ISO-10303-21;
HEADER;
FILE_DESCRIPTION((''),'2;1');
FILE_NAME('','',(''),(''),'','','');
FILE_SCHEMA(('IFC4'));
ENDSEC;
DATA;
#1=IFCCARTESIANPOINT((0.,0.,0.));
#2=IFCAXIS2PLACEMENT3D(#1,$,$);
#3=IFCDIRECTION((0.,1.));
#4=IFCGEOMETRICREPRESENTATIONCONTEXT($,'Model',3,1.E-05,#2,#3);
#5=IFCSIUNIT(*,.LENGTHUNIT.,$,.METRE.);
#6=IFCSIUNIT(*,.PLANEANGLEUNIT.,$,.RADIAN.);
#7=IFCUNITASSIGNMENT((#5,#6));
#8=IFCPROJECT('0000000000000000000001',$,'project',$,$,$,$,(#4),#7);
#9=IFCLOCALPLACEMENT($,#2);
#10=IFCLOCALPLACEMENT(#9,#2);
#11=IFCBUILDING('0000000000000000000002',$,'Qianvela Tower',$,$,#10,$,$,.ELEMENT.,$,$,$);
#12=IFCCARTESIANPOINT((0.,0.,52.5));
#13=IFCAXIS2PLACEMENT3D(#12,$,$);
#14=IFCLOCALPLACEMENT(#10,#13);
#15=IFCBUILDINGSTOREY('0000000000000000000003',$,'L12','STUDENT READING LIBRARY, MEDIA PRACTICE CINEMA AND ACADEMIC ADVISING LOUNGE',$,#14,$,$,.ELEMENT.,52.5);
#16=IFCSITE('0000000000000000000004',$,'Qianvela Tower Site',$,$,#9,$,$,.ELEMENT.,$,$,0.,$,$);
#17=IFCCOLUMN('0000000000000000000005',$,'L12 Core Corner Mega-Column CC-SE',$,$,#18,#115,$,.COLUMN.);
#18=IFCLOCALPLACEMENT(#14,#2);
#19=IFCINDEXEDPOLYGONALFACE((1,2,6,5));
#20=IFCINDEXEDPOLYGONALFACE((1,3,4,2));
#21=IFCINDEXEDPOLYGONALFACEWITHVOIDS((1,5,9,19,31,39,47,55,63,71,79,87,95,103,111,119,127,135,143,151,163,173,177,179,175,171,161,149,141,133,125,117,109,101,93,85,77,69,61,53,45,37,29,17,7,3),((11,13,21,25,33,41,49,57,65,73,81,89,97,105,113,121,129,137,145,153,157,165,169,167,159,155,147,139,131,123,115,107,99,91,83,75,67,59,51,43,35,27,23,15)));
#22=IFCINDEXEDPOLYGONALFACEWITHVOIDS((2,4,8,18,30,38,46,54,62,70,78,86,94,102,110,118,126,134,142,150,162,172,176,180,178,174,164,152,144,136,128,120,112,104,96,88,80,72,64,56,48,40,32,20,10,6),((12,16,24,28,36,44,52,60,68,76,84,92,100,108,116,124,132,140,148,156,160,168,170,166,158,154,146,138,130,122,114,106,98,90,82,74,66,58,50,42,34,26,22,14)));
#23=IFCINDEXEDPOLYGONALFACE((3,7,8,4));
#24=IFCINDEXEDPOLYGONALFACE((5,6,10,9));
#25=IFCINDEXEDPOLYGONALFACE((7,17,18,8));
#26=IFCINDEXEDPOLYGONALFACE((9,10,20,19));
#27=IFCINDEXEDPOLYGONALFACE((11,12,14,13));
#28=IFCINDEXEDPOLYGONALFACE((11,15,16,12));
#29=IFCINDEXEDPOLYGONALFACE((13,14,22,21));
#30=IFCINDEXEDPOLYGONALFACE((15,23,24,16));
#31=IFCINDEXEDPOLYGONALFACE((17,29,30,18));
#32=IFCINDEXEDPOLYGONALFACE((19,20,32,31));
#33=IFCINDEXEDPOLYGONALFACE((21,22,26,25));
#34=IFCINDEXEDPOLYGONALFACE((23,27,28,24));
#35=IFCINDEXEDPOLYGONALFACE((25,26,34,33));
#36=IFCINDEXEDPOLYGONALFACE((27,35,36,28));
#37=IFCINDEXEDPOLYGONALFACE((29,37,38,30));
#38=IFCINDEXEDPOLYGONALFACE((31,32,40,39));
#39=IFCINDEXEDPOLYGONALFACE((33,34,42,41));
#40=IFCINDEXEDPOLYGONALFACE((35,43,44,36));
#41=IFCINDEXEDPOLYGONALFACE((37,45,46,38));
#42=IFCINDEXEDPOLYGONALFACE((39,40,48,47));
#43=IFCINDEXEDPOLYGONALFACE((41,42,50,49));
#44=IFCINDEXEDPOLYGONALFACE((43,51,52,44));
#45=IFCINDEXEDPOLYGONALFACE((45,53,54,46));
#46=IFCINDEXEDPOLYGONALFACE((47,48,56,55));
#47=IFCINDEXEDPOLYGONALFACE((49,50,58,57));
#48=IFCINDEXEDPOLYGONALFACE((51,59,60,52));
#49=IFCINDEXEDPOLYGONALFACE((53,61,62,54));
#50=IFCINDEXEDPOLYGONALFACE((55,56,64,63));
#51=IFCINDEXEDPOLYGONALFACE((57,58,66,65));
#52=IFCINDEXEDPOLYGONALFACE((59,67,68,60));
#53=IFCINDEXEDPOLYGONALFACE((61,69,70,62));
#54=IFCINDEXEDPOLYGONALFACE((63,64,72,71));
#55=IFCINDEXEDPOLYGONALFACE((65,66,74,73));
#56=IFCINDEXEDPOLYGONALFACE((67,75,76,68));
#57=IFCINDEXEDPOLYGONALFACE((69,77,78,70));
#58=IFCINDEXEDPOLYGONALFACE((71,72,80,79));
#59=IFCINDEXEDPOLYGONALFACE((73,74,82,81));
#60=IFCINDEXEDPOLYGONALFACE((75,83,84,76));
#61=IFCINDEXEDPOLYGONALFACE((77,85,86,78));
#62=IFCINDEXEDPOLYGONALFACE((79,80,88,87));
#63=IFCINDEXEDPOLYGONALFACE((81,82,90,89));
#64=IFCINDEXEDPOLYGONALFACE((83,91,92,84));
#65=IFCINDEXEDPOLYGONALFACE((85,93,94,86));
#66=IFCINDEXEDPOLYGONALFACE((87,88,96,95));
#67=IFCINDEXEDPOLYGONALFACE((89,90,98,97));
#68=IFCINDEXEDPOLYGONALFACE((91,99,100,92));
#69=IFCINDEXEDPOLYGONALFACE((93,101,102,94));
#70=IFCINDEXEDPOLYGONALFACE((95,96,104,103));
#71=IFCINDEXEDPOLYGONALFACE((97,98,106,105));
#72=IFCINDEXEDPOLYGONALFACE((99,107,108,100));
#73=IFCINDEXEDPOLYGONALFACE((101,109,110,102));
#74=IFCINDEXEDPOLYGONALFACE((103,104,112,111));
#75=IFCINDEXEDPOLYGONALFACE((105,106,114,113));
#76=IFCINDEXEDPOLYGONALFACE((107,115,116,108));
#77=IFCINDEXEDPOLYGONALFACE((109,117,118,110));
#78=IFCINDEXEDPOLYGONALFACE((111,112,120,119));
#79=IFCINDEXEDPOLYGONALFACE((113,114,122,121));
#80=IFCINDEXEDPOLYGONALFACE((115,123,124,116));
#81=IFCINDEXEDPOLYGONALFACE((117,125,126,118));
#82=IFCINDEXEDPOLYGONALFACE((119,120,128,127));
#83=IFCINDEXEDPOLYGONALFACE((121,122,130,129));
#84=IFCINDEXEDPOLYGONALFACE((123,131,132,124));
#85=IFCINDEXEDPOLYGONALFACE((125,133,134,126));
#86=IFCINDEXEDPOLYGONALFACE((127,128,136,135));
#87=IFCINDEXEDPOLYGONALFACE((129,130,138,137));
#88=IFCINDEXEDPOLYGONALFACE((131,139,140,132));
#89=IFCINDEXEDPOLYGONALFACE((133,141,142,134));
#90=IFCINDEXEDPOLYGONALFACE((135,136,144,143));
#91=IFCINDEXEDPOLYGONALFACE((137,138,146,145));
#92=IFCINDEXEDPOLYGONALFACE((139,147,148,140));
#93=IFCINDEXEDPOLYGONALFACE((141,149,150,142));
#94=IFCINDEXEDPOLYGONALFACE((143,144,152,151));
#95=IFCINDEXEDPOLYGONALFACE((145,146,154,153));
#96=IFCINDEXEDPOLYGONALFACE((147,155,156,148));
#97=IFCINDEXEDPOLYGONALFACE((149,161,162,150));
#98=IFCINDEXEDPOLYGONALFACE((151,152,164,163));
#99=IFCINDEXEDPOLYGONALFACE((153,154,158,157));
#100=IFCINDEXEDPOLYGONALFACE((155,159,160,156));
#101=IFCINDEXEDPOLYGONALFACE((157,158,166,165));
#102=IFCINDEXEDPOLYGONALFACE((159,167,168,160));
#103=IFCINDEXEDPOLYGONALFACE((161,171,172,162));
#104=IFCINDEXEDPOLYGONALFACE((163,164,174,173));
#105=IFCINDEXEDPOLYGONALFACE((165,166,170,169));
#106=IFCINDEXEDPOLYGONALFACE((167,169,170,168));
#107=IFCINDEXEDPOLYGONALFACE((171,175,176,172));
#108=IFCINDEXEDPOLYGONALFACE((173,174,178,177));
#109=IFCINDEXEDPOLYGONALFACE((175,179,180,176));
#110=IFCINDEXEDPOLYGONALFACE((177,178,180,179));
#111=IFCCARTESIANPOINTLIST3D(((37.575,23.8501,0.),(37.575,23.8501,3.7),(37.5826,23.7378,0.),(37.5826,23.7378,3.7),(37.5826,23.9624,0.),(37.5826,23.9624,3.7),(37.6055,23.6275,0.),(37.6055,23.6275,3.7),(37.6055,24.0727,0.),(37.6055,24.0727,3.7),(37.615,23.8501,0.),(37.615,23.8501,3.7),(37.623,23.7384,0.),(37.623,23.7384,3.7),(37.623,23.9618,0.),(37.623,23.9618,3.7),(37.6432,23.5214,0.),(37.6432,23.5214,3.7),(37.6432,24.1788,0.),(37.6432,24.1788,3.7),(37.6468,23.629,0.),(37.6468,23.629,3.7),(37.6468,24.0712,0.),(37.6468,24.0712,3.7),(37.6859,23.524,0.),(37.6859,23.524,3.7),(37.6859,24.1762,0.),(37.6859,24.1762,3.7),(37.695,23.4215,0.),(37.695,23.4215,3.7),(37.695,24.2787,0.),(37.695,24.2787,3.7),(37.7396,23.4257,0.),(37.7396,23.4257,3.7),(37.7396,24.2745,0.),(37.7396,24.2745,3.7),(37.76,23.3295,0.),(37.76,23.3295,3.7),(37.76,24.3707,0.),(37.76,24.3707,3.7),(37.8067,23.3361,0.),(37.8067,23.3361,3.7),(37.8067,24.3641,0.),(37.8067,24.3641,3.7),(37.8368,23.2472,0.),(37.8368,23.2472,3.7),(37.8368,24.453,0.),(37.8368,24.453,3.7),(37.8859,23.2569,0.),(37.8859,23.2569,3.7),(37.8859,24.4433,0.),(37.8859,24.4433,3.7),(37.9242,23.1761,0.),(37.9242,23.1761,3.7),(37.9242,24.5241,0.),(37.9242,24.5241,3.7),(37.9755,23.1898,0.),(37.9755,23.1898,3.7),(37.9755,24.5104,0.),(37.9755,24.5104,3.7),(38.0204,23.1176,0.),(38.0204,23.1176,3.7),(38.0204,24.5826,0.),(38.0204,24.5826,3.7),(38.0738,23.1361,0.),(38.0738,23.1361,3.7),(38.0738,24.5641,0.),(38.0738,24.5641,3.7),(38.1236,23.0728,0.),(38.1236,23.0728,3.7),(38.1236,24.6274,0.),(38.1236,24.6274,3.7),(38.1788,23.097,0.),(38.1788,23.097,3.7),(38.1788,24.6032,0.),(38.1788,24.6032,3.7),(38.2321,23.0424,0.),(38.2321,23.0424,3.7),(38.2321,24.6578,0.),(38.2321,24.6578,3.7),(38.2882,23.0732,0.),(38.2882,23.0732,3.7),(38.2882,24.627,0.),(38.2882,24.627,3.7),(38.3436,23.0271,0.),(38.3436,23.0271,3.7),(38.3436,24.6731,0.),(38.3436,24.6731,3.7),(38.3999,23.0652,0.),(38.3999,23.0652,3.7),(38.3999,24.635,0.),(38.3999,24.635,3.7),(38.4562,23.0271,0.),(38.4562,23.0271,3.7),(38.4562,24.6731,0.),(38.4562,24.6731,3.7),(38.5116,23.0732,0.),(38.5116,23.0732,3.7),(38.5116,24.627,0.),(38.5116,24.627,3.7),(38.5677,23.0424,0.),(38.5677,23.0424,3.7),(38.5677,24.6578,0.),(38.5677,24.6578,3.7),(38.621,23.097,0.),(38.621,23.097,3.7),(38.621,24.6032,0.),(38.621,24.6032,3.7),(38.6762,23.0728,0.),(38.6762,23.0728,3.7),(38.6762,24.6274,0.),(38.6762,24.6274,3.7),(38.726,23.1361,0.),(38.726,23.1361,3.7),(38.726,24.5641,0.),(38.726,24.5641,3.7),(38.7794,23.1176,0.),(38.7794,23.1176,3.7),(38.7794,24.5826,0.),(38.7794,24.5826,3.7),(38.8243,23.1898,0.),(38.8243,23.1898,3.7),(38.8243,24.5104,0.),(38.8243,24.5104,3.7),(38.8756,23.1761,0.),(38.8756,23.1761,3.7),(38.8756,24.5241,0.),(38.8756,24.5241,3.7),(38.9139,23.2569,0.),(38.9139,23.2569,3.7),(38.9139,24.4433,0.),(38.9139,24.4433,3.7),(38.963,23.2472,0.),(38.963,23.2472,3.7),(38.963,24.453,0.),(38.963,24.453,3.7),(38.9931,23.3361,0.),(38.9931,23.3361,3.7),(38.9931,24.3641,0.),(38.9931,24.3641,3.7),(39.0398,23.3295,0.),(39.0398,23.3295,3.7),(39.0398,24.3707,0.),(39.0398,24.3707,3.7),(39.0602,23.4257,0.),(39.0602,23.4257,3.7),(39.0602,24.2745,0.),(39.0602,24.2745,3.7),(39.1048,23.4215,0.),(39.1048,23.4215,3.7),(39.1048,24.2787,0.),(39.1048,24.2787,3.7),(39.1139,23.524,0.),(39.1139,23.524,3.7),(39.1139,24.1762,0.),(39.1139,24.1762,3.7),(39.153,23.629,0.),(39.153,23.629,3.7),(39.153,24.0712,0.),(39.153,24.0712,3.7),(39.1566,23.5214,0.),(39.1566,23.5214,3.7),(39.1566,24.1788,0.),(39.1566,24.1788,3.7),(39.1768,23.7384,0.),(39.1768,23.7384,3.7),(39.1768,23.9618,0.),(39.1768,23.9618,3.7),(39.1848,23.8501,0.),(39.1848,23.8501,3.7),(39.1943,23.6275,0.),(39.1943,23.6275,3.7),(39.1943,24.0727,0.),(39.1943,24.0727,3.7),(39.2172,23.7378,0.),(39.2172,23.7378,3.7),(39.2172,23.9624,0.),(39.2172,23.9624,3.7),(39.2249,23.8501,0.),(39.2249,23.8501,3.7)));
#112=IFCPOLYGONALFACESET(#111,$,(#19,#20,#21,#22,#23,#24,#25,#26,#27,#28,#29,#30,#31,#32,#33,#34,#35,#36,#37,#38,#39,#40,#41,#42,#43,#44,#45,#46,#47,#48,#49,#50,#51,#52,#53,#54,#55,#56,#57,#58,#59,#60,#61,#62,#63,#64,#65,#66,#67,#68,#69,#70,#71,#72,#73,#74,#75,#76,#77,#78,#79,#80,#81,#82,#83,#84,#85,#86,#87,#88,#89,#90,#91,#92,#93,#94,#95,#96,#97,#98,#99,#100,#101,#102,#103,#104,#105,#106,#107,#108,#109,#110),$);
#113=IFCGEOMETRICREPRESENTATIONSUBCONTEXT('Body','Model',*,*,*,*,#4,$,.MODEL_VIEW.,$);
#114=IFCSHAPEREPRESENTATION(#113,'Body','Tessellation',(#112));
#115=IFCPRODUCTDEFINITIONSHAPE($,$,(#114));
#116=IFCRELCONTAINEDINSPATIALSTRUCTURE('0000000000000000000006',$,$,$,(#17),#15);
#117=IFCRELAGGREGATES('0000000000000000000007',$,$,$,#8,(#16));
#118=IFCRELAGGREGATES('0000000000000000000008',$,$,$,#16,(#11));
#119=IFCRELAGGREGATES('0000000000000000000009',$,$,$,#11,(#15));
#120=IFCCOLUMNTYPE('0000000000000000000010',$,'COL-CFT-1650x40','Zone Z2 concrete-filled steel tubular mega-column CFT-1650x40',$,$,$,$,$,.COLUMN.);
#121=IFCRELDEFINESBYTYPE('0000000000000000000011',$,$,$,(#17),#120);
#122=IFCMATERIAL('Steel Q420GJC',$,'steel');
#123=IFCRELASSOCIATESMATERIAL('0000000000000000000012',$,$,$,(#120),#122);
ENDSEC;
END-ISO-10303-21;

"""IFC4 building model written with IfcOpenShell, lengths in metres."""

from ifc_helpers import new_model, si_unit, direction, frame, origin, origin_2d, place, context, subcontext, project, spatial, hollow_circle, extrude, material, material_profile, profile_set, type_object, element, save


model = new_model("IFC4")

# Units and contexts
model_context = context("Model", 3, precision=1e-05, world=origin(), true_north=direction((0.0, 1.0)))
body_context = subcontext(model_context, "Body", "Model", "MODEL_VIEW")
ifc_project = project(units=[si_unit("LENGTHUNIT", "METRE"), si_unit("PLANEANGLEUNIT", "RADIAN")], contexts=[model_context])

# Site, building, storey
site_placement = place(None, origin())
site = spatial("IfcSite", under=ifc_project, at=site_placement, Name="Qianvela Tower Site", CompositionType="ELEMENT", RefElevation=0.0)
building_placement = place(site_placement, origin())
building = spatial("IfcBuilding", under=site, at=building_placement, Name="Qianvela Tower", CompositionType="ELEMENT")
storey_placement = place(building_placement, frame((0.0, 0.0, 52.5)))
storey = spatial("IfcBuildingStorey", under=building, at=storey_placement, Name="L12", Description="STUDENT READING LIBRARY, MEDIA PRACTICE CINEMA AND ACADEMIC ADVISING LOUNGE", CompositionType="ELEMENT", Elevation=52.5)

# Column
ifc_material_1 = material(Name="Steel Q420GJC", Category="steel")
ifc_material_profile_1 = material_profile(ifc_material_1, hollow_circle(Radius=0.825, WallThickness=0.04, at=origin_2d()), Name="CFT-1650x40")
ifc_profile_set_1 = profile_set([ifc_material_profile_1], Name="Steel Q420GJC")
column_type = type_object("IfcColumnType", Name="COL-CFT-1650x40", Description="Zone Z2 concrete-filled steel tubular mega-column CFT-1650x40", PredefinedType="COLUMN", material=ifc_profile_set_1)
column_1_placement = place(storey_placement, frame((38.3999, 23.8501, 0.0), z_axis=(0.0, 0.0, 1.0), x_axis=(1.0, 0.0, 0.0)))
element("IfcColumn", 1, at=column_1_placement, inside=storey, type_object=column_type, Name="L12 Core Corner Mega-Column CC-SE", PredefinedType="COLUMN", context=body_context, shape_type="SweptSolid", body=[
    extrude(hollow_circle(Radius=0.825, WallThickness=0.04, at=origin_2d()), origin(), (0.0, 0.0, 1.0), 3.7),
])

save(model, "model.ifc")
